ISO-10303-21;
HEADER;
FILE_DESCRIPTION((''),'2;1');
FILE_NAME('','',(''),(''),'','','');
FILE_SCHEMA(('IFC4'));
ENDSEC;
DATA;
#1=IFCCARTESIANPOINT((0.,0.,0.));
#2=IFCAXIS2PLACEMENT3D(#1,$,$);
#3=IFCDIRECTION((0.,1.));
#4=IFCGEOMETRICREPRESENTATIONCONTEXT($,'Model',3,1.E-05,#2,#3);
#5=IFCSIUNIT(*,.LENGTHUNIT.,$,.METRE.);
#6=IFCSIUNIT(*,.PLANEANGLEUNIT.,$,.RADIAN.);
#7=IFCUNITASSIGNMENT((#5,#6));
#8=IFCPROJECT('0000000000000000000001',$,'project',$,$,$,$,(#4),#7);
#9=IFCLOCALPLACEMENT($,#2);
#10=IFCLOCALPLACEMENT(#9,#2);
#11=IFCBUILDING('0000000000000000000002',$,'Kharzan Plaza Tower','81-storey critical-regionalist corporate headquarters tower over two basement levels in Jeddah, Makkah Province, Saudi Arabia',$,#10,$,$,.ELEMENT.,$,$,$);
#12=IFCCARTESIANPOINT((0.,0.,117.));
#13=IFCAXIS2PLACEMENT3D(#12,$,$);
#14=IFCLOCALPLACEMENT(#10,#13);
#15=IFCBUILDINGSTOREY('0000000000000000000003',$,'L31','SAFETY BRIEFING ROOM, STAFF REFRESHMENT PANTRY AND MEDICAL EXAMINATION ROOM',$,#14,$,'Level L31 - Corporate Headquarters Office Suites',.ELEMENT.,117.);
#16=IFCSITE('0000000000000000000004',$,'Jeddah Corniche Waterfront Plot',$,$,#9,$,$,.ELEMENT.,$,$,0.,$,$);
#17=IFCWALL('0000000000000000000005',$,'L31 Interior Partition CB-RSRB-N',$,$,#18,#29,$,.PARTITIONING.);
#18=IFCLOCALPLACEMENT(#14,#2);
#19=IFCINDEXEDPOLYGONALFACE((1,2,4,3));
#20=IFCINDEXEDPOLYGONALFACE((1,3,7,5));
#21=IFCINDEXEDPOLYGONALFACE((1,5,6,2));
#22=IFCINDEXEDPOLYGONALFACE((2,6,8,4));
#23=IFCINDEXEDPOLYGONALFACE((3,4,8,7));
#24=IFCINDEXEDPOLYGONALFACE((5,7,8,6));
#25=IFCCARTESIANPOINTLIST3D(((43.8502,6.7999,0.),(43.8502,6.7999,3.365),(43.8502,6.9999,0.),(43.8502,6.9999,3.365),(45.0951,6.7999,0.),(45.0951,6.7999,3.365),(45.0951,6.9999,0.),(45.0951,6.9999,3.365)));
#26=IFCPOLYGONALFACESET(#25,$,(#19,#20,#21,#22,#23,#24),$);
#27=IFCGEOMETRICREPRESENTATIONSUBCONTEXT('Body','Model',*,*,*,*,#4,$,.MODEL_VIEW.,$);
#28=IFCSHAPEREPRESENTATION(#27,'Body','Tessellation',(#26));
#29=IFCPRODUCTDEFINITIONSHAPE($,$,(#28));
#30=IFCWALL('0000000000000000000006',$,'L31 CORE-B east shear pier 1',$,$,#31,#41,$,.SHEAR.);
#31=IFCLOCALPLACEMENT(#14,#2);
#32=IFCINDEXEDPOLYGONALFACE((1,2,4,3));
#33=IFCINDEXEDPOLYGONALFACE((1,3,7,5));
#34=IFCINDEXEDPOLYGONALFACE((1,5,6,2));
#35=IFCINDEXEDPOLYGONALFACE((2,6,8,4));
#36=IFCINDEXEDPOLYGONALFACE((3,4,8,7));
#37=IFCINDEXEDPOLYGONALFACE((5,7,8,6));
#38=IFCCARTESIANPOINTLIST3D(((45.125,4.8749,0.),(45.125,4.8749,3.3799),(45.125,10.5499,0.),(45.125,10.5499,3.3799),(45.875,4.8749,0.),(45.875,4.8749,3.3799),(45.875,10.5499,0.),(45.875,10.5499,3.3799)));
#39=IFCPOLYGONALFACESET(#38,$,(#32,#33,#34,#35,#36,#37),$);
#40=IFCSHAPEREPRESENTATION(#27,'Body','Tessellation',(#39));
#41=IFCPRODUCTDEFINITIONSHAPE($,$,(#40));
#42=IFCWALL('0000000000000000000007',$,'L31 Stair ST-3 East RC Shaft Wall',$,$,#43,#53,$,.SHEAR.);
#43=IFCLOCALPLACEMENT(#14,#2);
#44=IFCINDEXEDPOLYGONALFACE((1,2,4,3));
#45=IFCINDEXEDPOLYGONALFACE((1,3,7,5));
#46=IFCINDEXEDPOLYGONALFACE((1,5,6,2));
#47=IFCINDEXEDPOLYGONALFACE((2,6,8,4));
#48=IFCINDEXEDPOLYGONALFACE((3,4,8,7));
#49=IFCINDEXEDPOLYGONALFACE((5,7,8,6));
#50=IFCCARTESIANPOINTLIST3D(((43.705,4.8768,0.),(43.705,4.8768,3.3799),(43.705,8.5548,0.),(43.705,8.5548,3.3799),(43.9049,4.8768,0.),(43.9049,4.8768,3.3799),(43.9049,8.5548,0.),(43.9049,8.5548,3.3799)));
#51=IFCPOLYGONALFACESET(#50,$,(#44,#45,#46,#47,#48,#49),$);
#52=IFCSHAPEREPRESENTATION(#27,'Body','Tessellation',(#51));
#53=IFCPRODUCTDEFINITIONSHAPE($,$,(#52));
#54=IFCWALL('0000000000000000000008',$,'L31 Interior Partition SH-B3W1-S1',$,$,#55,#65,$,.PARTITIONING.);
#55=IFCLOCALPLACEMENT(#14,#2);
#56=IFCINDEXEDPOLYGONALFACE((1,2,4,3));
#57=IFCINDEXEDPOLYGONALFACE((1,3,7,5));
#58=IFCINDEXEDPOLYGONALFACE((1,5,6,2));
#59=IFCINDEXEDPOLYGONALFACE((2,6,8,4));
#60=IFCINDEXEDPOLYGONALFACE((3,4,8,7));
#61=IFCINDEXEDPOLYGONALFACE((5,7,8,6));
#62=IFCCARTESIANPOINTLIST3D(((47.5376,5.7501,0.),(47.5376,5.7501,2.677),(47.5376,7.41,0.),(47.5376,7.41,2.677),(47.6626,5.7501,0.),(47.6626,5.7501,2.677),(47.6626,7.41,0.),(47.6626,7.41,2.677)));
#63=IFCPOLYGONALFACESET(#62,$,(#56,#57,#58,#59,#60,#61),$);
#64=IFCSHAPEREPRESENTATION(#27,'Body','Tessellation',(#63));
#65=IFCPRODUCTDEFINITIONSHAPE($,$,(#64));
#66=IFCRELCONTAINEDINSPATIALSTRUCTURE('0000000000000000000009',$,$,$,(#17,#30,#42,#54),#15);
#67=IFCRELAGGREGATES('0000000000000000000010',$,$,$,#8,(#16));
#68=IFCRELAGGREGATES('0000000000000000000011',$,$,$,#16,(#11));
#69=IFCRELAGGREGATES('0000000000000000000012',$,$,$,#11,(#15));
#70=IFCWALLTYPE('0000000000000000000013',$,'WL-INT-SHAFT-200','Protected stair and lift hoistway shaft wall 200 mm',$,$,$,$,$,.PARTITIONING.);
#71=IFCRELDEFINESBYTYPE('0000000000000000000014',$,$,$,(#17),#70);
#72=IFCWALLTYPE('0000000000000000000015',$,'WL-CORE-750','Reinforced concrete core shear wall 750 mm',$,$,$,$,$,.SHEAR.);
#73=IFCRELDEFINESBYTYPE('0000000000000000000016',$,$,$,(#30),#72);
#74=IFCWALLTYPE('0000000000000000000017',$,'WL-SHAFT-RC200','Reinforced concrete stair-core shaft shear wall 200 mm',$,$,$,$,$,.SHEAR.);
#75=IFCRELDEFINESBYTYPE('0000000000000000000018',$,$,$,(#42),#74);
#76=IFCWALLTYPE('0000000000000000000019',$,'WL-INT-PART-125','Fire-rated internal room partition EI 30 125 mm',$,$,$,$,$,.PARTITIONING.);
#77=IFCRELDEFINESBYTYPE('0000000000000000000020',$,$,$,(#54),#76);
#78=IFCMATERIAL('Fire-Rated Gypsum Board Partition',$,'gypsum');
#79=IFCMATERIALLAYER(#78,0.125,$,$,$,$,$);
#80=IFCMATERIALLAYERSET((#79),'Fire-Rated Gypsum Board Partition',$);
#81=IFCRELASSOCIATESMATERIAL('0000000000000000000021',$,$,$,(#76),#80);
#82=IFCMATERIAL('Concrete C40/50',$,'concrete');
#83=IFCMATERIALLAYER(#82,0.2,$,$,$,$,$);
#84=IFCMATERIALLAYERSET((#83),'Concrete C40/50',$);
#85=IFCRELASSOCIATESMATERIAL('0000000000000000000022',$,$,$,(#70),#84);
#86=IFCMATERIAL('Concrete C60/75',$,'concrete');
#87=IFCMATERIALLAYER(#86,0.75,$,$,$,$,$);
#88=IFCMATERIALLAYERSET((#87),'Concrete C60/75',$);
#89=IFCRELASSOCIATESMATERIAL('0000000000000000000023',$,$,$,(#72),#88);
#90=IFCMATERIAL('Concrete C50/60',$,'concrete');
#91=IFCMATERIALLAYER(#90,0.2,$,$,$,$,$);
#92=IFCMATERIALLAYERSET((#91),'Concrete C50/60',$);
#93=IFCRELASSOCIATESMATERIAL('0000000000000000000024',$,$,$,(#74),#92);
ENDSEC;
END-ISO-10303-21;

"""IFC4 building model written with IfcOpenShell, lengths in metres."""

from ifc_helpers import new_model, si_unit, direction, frame, frame_2d, origin, place, context, subcontext, project, spatial, rectangle, extrude, source, transform, mapped, material, layer, layer_set, type_object, element, save


model = new_model("IFC4")

# Units and contexts
model_context = context("Model", 3, precision=1e-05, world=origin(), true_north=direction((0.0, 1.0)))
body_context = subcontext(model_context, "Body", "Model", "MODEL_VIEW")
ifc_project = project(units=[si_unit("LENGTHUNIT", "METRE"), si_unit("PLANEANGLEUNIT", "RADIAN")], contexts=[model_context])

# Site, building, storey
site_placement = place(None, origin())
site = spatial("IfcSite", under=ifc_project, at=site_placement, Name="Jeddah Corniche Waterfront Plot", CompositionType="ELEMENT", RefElevation=0.0)
building_placement = place(site_placement, origin())
building = spatial("IfcBuilding", under=site, at=building_placement, Name="Kharzan Plaza Tower", Description="81-storey critical-regionalist corporate headquarters tower over two basement levels in Jeddah, Makkah Province, Saudi Arabia", CompositionType="ELEMENT")
storey_placement = place(building_placement, frame((0.0, 0.0, 117.0)))
storey = spatial("IfcBuildingStorey", under=building, at=storey_placement, Name="L31", Description="SAFETY BRIEFING ROOM, STAFF REFRESHMENT PANTRY AND MEDICAL EXAMINATION ROOM", LongName="Level L31 - Corporate Headquarters Office Suites", CompositionType="ELEMENT", Elevation=117.0)

# Shared definitions
ifc_material_1 = material(Name="Concrete C50/60", Category="concrete")
ifc_material_2 = material(Name="Concrete C60/75", Category="concrete")

# Shared definitions
ifc_material_3 = material(Name="Fire-Rated Gypsum Board Partition", Category="gypsum")
ifc_layer_1 = layer(ifc_material_3, 0.125)
ifc_layer_set_1 = layer_set([ifc_layer_1], Name="Fire-Rated Gypsum Board Partition")
wall_type_1 = type_object("IfcWallType", Name="WL-INT-PART-125", Description="Fire-rated internal room partition EI 30 125 mm", PredefinedType="PARTITIONING", material=ifc_layer_set_1)

# Walls
ifc_material_4 = material(Name="Concrete C40/50", Category="concrete")
ifc_layer_2 = layer(ifc_material_4, 0.2)
ifc_layer_set_2 = layer_set([ifc_layer_2], Name="Concrete C40/50")
wall_type_2 = type_object("IfcWallType", Name="WL-INT-SHAFT-200", Description="Protected stair and lift hoistway shaft wall 200 mm", PredefinedType="PARTITIONING", material=ifc_layer_set_2)
shared_shape_1 = source(origin(), body_context, "Body", "SweptSolid", [
    extrude(rectangle(XDim=1.2449, YDim=0.2, at=frame_2d((0.6226, 0.0))), origin(), (0.0, 0.0, 1.0), 3.365),
])
wall_1_placement = place(storey_placement, frame((43.8501, 6.8999, 0.0), z_axis=(0.0, 0.0, 1.0), x_axis=(1.0, 0.0, 0.0)))
element("IfcWall", 1, at=wall_1_placement, inside=storey, type_object=wall_type_2, Name="L31 Interior Partition CB-RSRB-N", PredefinedType="PARTITIONING", context=body_context, shape_type="MappedRepresentation", body=[
    mapped(shared_shape_1, transform((0.0, 0.0, 0.0), x_axis=(1.0, 0.0, 0.0), y_axis=(0.0, 1.0, 0.0), z_axis=(0.0, 0.0, 1.0))),
])
ifc_layer_3 = layer(ifc_material_2, 0.75)
ifc_layer_set_3 = layer_set([ifc_layer_3], Name="Concrete C60/75")
wall_type_3 = type_object("IfcWallType", Name="WL-CORE-750", Description="Reinforced concrete core shear wall 750 mm", PredefinedType="SHEAR", material=ifc_layer_set_3)
shared_shape_2 = source(origin(), body_context, "Body", "SweptSolid", [
    extrude(rectangle(XDim=5.675, YDim=0.75, at=frame_2d((2.8374, 0.0))), origin(), (0.0, 0.0, 1.0), 3.3799),
])
wall_2_placement = place(storey_placement, frame((45.5, 4.875, 0.0), z_axis=(0.0, 0.0, 1.0), x_axis=(0.0, 1.0, 0.0)))
element("IfcWall", 2, at=wall_2_placement, inside=storey, type_object=wall_type_3, Name="L31 CORE-B east shear pier 1", PredefinedType="SHEAR", context=body_context, shape_type="MappedRepresentation", body=[
    mapped(shared_shape_2, transform((0.0, 0.0, 0.0), x_axis=(1.0, 0.0, 0.0), y_axis=(0.0, 1.0, 0.0), z_axis=(0.0, 0.0, 1.0))),
])
ifc_layer_4 = layer(ifc_material_1, 0.2)
ifc_layer_set_4 = layer_set([ifc_layer_4], Name="Concrete C50/60")
wall_type_4 = type_object("IfcWallType", Name="WL-SHAFT-RC200", Description="Reinforced concrete stair-core shaft shear wall 200 mm", PredefinedType="SHEAR", material=ifc_layer_set_4)
shared_shape_3 = source(origin(), body_context, "Body", "SweptSolid", [
    extrude(rectangle(XDim=3.678, YDim=0.2, at=frame_2d((1.8389, 0.0))), origin(), (0.0, 0.0, 1.0), 3.3799),
])
wall_3_placement = place(storey_placement, frame((43.8049, 4.877, 0.0), z_axis=(0.0, 0.0, 1.0), x_axis=(0.0, 1.0, 0.0)))
element("IfcWall", 3, at=wall_3_placement, inside=storey, type_object=wall_type_4, Name="L31 Stair ST-3 East RC Shaft Wall", PredefinedType="SHEAR", context=body_context, shape_type="MappedRepresentation", body=[
    mapped(shared_shape_3, transform((0.0, 0.0, 0.0), x_axis=(1.0, 0.0, 0.0), y_axis=(0.0, 1.0, 0.0), z_axis=(0.0, 0.0, 1.0))),
])
shared_shape_4 = source(origin(), body_context, "Body", "SweptSolid", [
    extrude(rectangle(XDim=1.6599, YDim=0.125, at=frame_2d((0.8301, 0.0))), origin(), (0.0, 0.0, 1.0), 2.677),
])
wall_4_placement = place(storey_placement, frame((47.6001, 5.75, 0.0), z_axis=(0.0, 0.0, 1.0), x_axis=(0.0, 1.0, 0.0)))
element("IfcWall", 4, at=wall_4_placement, inside=storey, type_object=wall_type_1, Name="L31 Interior Partition SH-B3W1-S1", PredefinedType="PARTITIONING", context=body_context, shape_type="MappedRepresentation", body=[
    mapped(shared_shape_4, transform((0.0, 0.0, 0.0), x_axis=(1.0, 0.0, 0.0), y_axis=(0.0, 1.0, 0.0), z_axis=(0.0, 0.0, 1.0))),
])

save(model, "model.ifc")
